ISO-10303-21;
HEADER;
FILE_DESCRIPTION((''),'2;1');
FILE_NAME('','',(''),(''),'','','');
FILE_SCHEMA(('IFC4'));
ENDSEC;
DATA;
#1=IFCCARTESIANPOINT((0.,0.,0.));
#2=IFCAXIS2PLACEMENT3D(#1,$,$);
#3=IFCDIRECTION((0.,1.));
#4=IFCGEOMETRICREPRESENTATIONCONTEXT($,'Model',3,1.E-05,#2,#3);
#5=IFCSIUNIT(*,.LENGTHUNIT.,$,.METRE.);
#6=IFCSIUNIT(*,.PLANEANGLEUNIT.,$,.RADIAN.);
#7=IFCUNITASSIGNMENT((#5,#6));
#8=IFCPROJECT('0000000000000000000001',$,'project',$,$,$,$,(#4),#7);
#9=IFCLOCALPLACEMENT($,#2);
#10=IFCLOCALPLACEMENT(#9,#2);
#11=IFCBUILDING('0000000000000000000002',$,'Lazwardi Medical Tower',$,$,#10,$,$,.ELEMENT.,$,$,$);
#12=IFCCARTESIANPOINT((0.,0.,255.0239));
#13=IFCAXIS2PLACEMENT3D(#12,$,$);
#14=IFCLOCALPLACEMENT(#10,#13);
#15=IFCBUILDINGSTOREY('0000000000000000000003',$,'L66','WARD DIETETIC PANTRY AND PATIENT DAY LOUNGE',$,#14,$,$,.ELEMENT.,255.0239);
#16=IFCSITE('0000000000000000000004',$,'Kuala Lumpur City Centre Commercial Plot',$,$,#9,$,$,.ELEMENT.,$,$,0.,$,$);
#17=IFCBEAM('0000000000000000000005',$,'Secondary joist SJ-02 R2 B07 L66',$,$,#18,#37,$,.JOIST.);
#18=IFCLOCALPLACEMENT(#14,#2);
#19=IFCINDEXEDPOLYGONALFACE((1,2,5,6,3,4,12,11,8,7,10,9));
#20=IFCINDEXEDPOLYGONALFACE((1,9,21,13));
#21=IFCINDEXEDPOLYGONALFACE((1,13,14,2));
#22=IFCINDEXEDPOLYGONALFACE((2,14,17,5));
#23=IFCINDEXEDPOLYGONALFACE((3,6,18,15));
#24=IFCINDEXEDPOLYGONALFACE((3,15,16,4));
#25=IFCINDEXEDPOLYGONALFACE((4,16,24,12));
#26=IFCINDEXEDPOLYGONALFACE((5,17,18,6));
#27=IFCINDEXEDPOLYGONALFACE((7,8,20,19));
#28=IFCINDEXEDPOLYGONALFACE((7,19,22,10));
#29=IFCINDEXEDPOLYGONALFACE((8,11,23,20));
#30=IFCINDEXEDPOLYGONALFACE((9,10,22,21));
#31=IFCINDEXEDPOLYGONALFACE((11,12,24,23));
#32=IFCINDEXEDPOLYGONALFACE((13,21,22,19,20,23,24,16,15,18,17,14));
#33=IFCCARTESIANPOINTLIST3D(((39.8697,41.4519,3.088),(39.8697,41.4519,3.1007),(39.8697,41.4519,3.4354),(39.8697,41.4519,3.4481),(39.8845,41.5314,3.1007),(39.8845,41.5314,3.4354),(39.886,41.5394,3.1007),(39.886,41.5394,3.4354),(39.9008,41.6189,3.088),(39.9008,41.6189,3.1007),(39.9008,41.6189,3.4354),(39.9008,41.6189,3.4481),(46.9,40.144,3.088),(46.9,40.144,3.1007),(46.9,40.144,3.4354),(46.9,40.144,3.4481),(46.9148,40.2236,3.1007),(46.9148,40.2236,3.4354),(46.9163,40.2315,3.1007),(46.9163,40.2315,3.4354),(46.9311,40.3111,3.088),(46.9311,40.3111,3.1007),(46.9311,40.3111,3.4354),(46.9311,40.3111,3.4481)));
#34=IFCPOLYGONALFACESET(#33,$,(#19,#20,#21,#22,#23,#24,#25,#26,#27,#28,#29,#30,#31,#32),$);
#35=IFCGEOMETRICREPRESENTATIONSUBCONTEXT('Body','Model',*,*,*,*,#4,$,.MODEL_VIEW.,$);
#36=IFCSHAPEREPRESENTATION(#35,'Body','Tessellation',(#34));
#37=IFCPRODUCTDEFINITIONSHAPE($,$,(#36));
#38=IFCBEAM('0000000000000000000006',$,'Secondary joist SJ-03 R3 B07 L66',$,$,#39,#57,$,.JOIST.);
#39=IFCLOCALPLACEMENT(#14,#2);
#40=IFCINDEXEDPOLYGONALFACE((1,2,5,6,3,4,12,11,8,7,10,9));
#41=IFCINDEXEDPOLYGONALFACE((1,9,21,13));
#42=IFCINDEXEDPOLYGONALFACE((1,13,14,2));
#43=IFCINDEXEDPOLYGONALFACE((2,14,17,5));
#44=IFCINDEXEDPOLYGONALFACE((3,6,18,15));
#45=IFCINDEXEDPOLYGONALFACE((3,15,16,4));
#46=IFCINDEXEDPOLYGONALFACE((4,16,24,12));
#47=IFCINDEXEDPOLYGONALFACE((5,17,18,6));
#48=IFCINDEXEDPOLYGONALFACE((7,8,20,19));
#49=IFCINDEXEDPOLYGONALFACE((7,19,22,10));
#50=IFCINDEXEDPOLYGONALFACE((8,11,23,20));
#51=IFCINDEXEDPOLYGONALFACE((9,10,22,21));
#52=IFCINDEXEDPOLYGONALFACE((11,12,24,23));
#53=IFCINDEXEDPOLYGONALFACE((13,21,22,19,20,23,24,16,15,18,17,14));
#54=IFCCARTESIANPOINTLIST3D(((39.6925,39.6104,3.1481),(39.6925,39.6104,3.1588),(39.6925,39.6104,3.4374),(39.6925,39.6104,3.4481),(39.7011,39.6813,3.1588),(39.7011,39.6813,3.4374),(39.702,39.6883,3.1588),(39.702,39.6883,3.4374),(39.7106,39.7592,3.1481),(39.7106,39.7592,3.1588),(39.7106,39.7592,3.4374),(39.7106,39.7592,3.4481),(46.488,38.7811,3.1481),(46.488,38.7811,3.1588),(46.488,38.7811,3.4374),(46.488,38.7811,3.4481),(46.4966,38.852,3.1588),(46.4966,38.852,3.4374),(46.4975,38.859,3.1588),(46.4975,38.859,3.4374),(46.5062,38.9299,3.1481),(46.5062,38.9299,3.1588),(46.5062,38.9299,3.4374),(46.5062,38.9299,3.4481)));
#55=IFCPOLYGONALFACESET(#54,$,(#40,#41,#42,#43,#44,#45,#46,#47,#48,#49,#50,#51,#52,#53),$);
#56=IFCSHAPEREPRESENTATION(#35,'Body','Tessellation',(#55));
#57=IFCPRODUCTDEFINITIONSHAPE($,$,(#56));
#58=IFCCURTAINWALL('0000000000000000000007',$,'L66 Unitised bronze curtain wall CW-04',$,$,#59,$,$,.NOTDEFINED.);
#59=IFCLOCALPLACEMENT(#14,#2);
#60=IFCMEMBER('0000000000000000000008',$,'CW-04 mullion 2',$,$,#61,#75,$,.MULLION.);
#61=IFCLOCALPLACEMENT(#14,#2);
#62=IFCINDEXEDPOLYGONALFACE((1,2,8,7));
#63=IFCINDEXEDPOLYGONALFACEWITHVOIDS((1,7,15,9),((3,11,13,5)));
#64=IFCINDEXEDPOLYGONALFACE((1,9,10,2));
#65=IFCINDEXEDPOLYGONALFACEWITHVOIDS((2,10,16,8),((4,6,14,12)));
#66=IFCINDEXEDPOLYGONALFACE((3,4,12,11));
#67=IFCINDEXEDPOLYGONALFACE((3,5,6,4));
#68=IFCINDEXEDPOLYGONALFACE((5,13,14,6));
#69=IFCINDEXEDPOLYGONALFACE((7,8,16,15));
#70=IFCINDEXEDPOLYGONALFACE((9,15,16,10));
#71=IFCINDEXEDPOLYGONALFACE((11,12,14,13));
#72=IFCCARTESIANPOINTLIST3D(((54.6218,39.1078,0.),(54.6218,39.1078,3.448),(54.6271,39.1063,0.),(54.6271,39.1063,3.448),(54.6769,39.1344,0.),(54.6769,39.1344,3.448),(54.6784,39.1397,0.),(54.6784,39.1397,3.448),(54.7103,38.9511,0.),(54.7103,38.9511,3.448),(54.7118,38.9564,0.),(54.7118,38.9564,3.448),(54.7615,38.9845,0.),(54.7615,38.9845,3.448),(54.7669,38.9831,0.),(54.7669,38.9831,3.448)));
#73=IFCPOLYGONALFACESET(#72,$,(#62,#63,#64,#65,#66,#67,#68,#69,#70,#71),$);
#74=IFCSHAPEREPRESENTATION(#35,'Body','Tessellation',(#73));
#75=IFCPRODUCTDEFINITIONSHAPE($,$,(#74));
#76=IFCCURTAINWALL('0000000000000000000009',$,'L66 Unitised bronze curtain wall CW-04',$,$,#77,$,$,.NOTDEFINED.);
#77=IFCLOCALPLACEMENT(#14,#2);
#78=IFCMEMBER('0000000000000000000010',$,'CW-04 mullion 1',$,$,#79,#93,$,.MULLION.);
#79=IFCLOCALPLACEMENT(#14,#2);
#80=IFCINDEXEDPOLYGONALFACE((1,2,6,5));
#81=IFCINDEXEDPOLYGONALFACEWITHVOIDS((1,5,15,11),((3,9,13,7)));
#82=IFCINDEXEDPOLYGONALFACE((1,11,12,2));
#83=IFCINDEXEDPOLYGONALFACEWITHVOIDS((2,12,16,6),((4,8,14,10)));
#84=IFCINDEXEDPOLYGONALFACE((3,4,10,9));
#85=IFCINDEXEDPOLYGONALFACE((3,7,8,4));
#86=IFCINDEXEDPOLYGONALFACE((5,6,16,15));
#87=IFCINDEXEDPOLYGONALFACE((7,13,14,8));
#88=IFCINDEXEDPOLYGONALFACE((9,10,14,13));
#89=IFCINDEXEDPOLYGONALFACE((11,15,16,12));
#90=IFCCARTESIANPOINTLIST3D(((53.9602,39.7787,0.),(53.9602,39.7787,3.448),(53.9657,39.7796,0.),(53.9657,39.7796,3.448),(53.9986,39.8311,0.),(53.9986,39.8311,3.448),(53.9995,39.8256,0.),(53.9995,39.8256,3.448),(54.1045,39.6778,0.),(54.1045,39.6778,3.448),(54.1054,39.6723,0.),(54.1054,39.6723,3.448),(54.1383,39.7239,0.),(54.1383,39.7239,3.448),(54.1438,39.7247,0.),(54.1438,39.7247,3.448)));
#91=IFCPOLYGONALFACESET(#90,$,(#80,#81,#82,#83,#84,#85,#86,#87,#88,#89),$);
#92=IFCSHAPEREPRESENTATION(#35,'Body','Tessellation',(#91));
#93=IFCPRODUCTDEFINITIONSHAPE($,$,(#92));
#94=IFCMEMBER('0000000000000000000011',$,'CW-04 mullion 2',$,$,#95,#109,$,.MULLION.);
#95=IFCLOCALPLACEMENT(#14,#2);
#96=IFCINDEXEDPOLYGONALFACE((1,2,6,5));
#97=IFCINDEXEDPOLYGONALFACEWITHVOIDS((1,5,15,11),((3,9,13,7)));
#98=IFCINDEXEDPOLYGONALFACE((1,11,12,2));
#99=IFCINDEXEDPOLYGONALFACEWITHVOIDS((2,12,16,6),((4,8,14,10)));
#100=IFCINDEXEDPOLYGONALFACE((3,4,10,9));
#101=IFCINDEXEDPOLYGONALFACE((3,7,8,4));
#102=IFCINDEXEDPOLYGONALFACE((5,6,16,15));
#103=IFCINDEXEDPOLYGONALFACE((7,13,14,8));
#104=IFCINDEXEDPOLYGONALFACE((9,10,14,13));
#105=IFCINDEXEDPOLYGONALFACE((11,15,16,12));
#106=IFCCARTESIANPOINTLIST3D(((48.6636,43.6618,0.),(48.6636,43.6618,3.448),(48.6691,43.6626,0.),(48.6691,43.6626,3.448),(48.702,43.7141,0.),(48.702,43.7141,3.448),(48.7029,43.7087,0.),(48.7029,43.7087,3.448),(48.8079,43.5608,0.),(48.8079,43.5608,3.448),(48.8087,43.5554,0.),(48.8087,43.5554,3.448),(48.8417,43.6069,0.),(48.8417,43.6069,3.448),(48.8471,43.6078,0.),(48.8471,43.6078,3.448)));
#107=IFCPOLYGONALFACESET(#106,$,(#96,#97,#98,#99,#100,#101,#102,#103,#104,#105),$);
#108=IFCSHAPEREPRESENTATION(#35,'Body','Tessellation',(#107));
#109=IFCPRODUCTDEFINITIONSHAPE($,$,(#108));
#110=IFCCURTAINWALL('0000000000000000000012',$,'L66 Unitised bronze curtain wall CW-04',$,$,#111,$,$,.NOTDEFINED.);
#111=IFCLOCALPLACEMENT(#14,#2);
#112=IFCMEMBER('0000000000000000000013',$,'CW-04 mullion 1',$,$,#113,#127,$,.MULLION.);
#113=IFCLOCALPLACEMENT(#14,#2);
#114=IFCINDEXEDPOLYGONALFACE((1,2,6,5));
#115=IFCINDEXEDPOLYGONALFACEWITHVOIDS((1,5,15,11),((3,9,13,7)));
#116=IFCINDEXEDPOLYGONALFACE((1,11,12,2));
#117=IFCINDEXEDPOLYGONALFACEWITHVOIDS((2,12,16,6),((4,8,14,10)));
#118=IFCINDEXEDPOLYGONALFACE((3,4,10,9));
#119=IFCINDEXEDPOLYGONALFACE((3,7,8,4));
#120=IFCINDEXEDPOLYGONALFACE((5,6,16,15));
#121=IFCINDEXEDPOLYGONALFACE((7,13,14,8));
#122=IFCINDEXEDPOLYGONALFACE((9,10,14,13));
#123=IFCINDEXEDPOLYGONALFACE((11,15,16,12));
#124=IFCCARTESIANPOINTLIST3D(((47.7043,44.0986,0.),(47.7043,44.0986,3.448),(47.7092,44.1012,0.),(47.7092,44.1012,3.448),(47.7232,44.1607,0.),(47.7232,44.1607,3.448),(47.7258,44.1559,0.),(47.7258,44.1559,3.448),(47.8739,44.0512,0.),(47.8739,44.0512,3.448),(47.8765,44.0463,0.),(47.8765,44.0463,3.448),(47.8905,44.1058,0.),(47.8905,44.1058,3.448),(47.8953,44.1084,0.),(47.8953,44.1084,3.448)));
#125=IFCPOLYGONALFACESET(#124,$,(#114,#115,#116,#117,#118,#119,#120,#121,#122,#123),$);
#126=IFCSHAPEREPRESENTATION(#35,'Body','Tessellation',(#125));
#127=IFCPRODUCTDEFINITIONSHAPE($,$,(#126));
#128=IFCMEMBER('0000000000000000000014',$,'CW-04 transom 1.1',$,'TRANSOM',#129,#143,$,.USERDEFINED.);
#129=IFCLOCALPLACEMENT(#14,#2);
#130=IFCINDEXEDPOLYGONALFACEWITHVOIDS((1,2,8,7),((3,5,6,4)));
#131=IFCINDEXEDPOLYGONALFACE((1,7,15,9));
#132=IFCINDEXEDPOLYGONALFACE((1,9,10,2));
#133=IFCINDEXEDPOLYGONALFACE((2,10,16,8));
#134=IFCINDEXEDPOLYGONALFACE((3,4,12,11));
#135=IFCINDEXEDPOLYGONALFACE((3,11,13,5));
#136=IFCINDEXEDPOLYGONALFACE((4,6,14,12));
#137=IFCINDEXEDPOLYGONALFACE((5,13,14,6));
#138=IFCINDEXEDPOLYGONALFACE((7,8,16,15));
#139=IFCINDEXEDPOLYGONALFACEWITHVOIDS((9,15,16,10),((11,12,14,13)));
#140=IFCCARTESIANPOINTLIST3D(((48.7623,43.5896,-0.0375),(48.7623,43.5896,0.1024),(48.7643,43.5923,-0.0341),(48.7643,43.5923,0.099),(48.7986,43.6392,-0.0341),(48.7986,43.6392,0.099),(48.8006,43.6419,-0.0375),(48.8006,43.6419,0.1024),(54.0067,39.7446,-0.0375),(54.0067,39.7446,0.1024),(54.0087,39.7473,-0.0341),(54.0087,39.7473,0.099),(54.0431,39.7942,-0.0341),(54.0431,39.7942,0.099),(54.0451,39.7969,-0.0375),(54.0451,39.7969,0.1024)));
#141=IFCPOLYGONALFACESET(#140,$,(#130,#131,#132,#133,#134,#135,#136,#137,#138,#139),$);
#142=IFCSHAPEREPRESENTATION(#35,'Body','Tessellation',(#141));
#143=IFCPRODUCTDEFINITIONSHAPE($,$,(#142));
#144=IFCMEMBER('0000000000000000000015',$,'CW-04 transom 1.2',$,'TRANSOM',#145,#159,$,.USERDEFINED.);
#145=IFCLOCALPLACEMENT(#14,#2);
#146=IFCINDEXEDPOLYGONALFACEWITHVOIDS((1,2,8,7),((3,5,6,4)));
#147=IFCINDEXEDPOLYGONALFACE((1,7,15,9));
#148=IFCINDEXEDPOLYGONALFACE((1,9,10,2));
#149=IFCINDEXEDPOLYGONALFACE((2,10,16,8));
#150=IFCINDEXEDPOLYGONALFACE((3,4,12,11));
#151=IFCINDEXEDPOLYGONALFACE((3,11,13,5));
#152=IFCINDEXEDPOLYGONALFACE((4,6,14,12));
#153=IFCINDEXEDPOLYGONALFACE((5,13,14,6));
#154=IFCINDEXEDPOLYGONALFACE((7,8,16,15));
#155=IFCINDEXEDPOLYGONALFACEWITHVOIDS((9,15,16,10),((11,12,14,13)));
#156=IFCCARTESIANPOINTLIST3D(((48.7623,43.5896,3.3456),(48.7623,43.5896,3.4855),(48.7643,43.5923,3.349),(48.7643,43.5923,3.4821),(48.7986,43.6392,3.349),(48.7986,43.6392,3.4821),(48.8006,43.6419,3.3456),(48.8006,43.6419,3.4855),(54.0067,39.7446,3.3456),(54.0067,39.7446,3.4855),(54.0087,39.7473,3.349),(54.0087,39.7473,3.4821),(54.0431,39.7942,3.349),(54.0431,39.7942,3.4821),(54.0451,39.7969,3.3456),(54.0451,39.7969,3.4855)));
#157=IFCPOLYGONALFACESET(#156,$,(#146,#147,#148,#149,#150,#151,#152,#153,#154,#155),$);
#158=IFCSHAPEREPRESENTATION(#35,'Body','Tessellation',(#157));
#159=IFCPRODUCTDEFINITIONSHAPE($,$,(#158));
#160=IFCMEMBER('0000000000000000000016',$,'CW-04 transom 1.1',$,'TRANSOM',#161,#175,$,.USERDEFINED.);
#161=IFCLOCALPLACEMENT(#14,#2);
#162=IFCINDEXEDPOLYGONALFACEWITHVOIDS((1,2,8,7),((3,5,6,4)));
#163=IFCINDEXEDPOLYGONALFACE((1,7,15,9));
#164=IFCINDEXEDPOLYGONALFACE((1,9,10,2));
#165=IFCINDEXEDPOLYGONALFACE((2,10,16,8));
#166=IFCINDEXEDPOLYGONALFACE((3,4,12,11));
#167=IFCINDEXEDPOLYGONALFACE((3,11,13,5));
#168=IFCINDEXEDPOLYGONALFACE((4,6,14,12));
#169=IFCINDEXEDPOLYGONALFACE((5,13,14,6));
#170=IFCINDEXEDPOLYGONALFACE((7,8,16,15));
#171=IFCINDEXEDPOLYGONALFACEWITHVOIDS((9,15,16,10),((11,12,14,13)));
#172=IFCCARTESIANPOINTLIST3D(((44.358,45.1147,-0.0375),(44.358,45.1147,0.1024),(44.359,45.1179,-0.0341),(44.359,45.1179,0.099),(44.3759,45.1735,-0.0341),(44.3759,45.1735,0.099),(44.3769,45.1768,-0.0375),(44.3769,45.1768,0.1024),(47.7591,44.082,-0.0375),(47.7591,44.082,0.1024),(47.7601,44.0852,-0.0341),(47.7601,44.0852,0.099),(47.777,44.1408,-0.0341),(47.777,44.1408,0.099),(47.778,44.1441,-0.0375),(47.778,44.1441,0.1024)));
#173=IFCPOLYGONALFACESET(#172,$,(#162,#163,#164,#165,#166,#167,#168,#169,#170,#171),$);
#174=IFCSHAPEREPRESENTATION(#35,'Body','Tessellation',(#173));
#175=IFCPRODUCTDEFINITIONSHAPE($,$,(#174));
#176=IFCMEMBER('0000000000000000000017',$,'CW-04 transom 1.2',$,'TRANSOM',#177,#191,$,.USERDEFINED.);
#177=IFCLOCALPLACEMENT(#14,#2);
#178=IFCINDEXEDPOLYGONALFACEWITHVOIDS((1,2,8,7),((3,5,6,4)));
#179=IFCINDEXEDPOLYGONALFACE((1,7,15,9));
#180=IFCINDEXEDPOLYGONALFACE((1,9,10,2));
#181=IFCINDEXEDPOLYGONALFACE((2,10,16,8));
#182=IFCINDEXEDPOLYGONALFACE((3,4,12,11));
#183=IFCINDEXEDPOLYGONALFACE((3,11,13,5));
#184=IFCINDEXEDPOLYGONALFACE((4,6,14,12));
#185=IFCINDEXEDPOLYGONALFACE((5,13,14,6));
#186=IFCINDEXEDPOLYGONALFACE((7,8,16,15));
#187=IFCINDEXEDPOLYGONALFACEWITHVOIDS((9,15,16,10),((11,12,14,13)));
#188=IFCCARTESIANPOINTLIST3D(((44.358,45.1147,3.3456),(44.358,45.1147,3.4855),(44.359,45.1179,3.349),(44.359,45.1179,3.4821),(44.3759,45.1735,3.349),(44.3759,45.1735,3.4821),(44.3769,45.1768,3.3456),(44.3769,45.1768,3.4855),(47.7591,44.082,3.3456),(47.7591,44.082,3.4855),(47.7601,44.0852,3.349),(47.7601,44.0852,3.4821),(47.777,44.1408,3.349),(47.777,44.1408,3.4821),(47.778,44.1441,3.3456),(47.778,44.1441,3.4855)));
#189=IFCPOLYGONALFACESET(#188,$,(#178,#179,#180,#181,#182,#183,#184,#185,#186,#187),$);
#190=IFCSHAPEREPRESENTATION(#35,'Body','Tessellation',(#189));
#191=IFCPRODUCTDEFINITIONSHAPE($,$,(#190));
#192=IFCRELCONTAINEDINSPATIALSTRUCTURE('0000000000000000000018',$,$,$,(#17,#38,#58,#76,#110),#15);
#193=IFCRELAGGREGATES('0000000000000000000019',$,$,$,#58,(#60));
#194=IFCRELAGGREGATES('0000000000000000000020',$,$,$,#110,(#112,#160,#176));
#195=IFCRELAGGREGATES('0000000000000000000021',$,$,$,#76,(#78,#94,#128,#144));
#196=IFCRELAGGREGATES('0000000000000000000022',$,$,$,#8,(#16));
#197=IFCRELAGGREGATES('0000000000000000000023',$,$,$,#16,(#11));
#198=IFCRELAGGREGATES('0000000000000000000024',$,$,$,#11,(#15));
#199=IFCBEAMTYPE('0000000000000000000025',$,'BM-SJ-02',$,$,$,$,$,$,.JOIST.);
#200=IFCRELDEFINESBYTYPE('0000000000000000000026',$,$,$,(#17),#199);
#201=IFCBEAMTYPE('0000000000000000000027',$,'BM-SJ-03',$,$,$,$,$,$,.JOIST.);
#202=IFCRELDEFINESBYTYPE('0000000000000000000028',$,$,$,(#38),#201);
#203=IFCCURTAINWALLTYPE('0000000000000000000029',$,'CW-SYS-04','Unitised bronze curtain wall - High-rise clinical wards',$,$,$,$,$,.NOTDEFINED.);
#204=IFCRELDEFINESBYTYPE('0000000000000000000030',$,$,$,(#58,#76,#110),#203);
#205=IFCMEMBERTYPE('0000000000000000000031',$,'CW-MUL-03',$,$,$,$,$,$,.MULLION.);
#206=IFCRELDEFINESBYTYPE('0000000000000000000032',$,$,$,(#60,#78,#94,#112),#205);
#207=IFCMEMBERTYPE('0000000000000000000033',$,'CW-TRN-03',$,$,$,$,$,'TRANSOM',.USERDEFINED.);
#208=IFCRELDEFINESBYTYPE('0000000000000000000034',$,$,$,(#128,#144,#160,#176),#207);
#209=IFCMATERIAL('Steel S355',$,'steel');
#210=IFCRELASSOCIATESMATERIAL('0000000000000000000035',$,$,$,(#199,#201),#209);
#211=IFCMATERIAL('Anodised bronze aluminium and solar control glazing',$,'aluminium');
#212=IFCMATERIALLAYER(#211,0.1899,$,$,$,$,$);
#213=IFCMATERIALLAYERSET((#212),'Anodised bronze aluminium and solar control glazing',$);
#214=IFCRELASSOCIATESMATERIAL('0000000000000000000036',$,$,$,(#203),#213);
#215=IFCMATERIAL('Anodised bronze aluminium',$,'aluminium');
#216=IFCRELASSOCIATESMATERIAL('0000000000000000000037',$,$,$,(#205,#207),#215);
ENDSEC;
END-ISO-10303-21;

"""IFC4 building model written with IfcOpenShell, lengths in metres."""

from ifc_helpers import new_model, si_unit, direction, frame, origin, origin_2d, place, context, subcontext, project, spatial, hollow_rectangle, i_section, extrude, material, layer, layer_set, material_profile, profile_set, type_object, element, aggregate, save


model = new_model("IFC4")

# Units and contexts
model_context = context("Model", 3, precision=1e-05, world=origin(), true_north=direction((0.0, 1.0)))
body_context = subcontext(model_context, "Body", "Model", "MODEL_VIEW")
ifc_project = project(units=[si_unit("LENGTHUNIT", "METRE"), si_unit("PLANEANGLEUNIT", "RADIAN")], contexts=[model_context])

# Site, building, storey
site_placement = place(None, origin())
site = spatial("IfcSite", under=ifc_project, at=site_placement, Name="Kuala Lumpur City Centre Commercial Plot", CompositionType="ELEMENT", RefElevation=0.0)
building_placement = place(site_placement, origin())
building = spatial("IfcBuilding", under=site, at=building_placement, Name="Lazwardi Medical Tower", CompositionType="ELEMENT")
storey_placement = place(building_placement, frame((0.0, 0.0, 255.0239)))
storey = spatial("IfcBuildingStorey", under=building, at=storey_placement, Name="L66", Description="WARD DIETETIC PANTRY AND PATIENT DAY LOUNGE", CompositionType="ELEMENT", Elevation=255.0239)

# Beams
ifc_material_1 = material(Name="Steel S355", Category="steel")
ifc_material_profile_1 = material_profile(ifc_material_1, i_section(OverallWidth=0.1699, OverallDepth=0.3601, WebThickness=0.0081, FlangeThickness=0.0127, at=origin_2d()), Name="IPE 360")
ifc_profile_set_1 = profile_set([ifc_material_profile_1], Name="Steel S355")
beam_type_1 = type_object("IfcBeamType", Name="BM-SJ-02", PredefinedType="JOIST", material=ifc_profile_set_1)
beam_1_placement = place(storey_placement, frame((46.9155, 40.2275, 3.2681), z_axis=(-0.983132, 0.182895, 0.0), x_axis=(-0.182895, -0.983132, 0.0)))
element("IfcBeam", 1, at=beam_1_placement, inside=storey, type_object=beam_type_1, Name="Secondary joist SJ-02 R2 B07 L66", PredefinedType="JOIST", context=body_context, shape_type="SweptSolid", body=[
    extrude(i_section(OverallWidth=0.1699, OverallDepth=0.3601, WebThickness=0.0081, FlangeThickness=0.0127, at=origin_2d()), origin(), (0.0, 0.0, 1.0), 7.1509),
])
ifc_material_profile_2 = material_profile(ifc_material_1, i_section(OverallWidth=0.1499, OverallDepth=0.3, WebThickness=0.0071, FlangeThickness=0.0107, at=origin_2d()), Name="IPE 300")
ifc_profile_set_2 = profile_set([ifc_material_profile_2], Name="Steel S355")
beam_type_2 = type_object("IfcBeamType", Name="BM-SJ-03", PredefinedType="JOIST", material=ifc_profile_set_2)
beam_2_placement = place(storey_placement, frame((46.4971, 38.8555, 3.2981), z_axis=(-0.992635, 0.121146, 0.0), x_axis=(-0.121146, -0.992635, 0.0)))
element("IfcBeam", 2, at=beam_2_placement, inside=storey, type_object=beam_type_2, Name="Secondary joist SJ-03 R3 B07 L66", PredefinedType="JOIST", context=body_context, shape_type="SweptSolid", body=[
    extrude(i_section(OverallWidth=0.1499, OverallDepth=0.3, WebThickness=0.0071, FlangeThickness=0.0107, at=origin_2d()), origin(), (0.0, 0.0, 1.0), 6.8459),
])

# Curtain wall, member
ifc_material_2 = material(Name="Anodised bronze aluminium and solar control glazing", Category="aluminium")
ifc_layer_1 = layer(ifc_material_2, 0.1899)
ifc_layer_set_1 = layer_set([ifc_layer_1], Name="Anodised bronze aluminium and solar control glazing")
curtain_wall_type = type_object("IfcCurtainWallType", Name="CW-SYS-04", Description="Unitised bronze curtain wall - High-rise clinical wards", PredefinedType="NOTDEFINED", material=ifc_layer_set_1)
curtain_wall_1_placement = place(storey_placement, origin())
curtain_wall_1 = element("IfcCurtainWall", 3, at=curtain_wall_1_placement, inside=storey, type_object=curtain_wall_type, Name="L66 Unitised bronze curtain wall CW-04", PredefinedType="NOTDEFINED")
ifc_material_3 = material(Name="Anodised bronze aluminium", Category="aluminium")
ifc_material_profile_3 = material_profile(ifc_material_3, hollow_rectangle(XDim=0.0649, YDim=0.1799, WallThickness=0.0039, at=origin_2d()), Name="ALU-MULLION 180x65x4")
ifc_profile_set_3 = profile_set([ifc_material_profile_3], Name="Anodised bronze aluminium")
member_type_1 = type_object("IfcMemberType", Name="CW-MUL-03", PredefinedType="MULLION", material=ifc_profile_set_3)
member_1_placement = place(storey_placement, frame((54.6943, 39.0454, 0.0), z_axis=(0.0, 0.0, 1.0), x_axis=(-0.870651, -0.4919, 0.0)))
member_1 = element("IfcMember", 4, at=member_1_placement, type_object=member_type_1, Name="CW-04 mullion 2", PredefinedType="MULLION", context=body_context, shape_type="SweptSolid", body=[
    extrude(hollow_rectangle(XDim=0.0649, YDim=0.1799, WallThickness=0.0039, at=origin_2d()), origin(), (0.0, 0.0, 1.0), 3.448),
])
aggregate(curtain_wall_1, [member_1])

# Curtain wall, members
curtain_wall_2_placement = place(storey_placement, origin())
curtain_wall_2 = element("IfcCurtainWall", 5, at=curtain_wall_2_placement, inside=storey, type_object=curtain_wall_type, Name="L66 Unitised bronze curtain wall CW-04", PredefinedType="NOTDEFINED")
member_2_placement = place(storey_placement, frame((54.052, 39.7517, 0.0), z_axis=(0.0, 0.0, 1.0), x_axis=(-0.591268, -0.806475, 0.0)))
member_2 = element("IfcMember", 6, at=member_2_placement, type_object=member_type_1, Name="CW-04 mullion 1", PredefinedType="MULLION", context=body_context, shape_type="SweptSolid", body=[
    extrude(hollow_rectangle(XDim=0.0649, YDim=0.1799, WallThickness=0.0039, at=origin_2d()), origin(), (0.0, 0.0, 1.0), 3.448),
])
member_3_placement = place(storey_placement, frame((48.7554, 43.6348, 0.0), z_axis=(0.0, 0.0, 1.0), x_axis=(-0.591268, -0.806475, 0.0)))
member_3 = element("IfcMember", 7, at=member_3_placement, type_object=member_type_1, Name="CW-04 mullion 2", PredefinedType="MULLION", context=body_context, shape_type="SweptSolid", body=[
    extrude(hollow_rectangle(XDim=0.0649, YDim=0.1799, WallThickness=0.0039, at=origin_2d()), origin(), (0.0, 0.0, 1.0), 3.448),
])

# Curtain wall, member
curtain_wall_3_placement = place(storey_placement, origin())
curtain_wall_3 = element("IfcCurtainWall", 8, at=curtain_wall_3_placement, inside=storey, type_object=curtain_wall_type, Name="L66 Unitised bronze curtain wall CW-04", PredefinedType="NOTDEFINED")
member_4_placement = place(storey_placement, frame((47.7998, 44.1035, 0.0), z_axis=(0.0, 0.0, 1.0), x_axis=(-0.290582, -0.95685, 0.0)))
member_4 = element("IfcMember", 9, at=member_4_placement, type_object=member_type_1, Name="CW-04 mullion 1", PredefinedType="MULLION", context=body_context, shape_type="SweptSolid", body=[
    extrude(hollow_rectangle(XDim=0.0649, YDim=0.1799, WallThickness=0.0039, at=origin_2d()), origin(), (0.0, 0.0, 1.0), 3.448),
])

# Members
ifc_material_profile_4 = material_profile(ifc_material_3, hollow_rectangle(XDim=0.0649, YDim=0.1399, WallThickness=0.0034, at=origin_2d()), Name="ALU-TRANSOM 140x65x3.5")
ifc_profile_set_4 = profile_set([ifc_material_profile_4], Name="Anodised bronze aluminium")
member_type_2 = type_object("IfcMemberType", Name="CW-TRN-03", ElementType="TRANSOM", PredefinedType="USERDEFINED", material=ifc_profile_set_4)
member_5_placement = place(storey_placement, frame((54.0259, 39.7708, 0.0325), z_axis=(-0.806472, 0.591273, 0.0), x_axis=(-0.591273, -0.806472, 0.0)))
member_5 = element("IfcMember", 10, at=member_5_placement, type_object=member_type_2, Name="CW-04 transom 1.1", ObjectType="TRANSOM", PredefinedType="USERDEFINED", context=body_context, shape_type="SweptSolid", body=[
    extrude(hollow_rectangle(XDim=0.0649, YDim=0.1399, WallThickness=0.0034, at=origin_2d()), origin(), (0.0, 0.0, 1.0), 6.5029),
])
member_6_placement = place(storey_placement, frame((54.0259, 39.7708, 3.4155), z_axis=(-0.806472, 0.591273, 0.0), x_axis=(-0.591273, -0.806472, 0.0)))
member_6 = element("IfcMember", 11, at=member_6_placement, type_object=member_type_2, Name="CW-04 transom 1.2", ObjectType="TRANSOM", PredefinedType="USERDEFINED", context=body_context, shape_type="SweptSolid", body=[
    extrude(hollow_rectangle(XDim=0.0649, YDim=0.1399, WallThickness=0.0034, at=origin_2d()), origin(), (0.0, 0.0, 1.0), 6.5029),
])
member_7_placement = place(storey_placement, frame((47.7686, 44.113, 0.0325), z_axis=(-0.956863, 0.290541, 0.0), x_axis=(-0.290541, -0.956863, 0.0)))
member_7 = element("IfcMember", 12, at=member_7_placement, type_object=member_type_2, Name="CW-04 transom 1.1", ObjectType="TRANSOM", PredefinedType="USERDEFINED", context=body_context, shape_type="SweptSolid", body=[
    extrude(hollow_rectangle(XDim=0.0649, YDim=0.1399, WallThickness=0.0034, at=origin_2d()), origin(), (0.0, 0.0, 1.0), 3.5544),
])
member_8_placement = place(storey_placement, frame((47.7686, 44.113, 3.4155), z_axis=(-0.956863, 0.290541, 0.0), x_axis=(-0.290541, -0.956863, 0.0)))
member_8 = element("IfcMember", 13, at=member_8_placement, type_object=member_type_2, Name="CW-04 transom 1.2", ObjectType="TRANSOM", PredefinedType="USERDEFINED", context=body_context, shape_type="SweptSolid", body=[
    extrude(hollow_rectangle(XDim=0.0649, YDim=0.1399, WallThickness=0.0034, at=origin_2d()), origin(), (0.0, 0.0, 1.0), 3.5544),
])
aggregate(curtain_wall_3, [member_4, member_7, member_8])

aggregate(curtain_wall_2, [member_2, member_3, member_5, member_6])

save(model, "model.ifc")
